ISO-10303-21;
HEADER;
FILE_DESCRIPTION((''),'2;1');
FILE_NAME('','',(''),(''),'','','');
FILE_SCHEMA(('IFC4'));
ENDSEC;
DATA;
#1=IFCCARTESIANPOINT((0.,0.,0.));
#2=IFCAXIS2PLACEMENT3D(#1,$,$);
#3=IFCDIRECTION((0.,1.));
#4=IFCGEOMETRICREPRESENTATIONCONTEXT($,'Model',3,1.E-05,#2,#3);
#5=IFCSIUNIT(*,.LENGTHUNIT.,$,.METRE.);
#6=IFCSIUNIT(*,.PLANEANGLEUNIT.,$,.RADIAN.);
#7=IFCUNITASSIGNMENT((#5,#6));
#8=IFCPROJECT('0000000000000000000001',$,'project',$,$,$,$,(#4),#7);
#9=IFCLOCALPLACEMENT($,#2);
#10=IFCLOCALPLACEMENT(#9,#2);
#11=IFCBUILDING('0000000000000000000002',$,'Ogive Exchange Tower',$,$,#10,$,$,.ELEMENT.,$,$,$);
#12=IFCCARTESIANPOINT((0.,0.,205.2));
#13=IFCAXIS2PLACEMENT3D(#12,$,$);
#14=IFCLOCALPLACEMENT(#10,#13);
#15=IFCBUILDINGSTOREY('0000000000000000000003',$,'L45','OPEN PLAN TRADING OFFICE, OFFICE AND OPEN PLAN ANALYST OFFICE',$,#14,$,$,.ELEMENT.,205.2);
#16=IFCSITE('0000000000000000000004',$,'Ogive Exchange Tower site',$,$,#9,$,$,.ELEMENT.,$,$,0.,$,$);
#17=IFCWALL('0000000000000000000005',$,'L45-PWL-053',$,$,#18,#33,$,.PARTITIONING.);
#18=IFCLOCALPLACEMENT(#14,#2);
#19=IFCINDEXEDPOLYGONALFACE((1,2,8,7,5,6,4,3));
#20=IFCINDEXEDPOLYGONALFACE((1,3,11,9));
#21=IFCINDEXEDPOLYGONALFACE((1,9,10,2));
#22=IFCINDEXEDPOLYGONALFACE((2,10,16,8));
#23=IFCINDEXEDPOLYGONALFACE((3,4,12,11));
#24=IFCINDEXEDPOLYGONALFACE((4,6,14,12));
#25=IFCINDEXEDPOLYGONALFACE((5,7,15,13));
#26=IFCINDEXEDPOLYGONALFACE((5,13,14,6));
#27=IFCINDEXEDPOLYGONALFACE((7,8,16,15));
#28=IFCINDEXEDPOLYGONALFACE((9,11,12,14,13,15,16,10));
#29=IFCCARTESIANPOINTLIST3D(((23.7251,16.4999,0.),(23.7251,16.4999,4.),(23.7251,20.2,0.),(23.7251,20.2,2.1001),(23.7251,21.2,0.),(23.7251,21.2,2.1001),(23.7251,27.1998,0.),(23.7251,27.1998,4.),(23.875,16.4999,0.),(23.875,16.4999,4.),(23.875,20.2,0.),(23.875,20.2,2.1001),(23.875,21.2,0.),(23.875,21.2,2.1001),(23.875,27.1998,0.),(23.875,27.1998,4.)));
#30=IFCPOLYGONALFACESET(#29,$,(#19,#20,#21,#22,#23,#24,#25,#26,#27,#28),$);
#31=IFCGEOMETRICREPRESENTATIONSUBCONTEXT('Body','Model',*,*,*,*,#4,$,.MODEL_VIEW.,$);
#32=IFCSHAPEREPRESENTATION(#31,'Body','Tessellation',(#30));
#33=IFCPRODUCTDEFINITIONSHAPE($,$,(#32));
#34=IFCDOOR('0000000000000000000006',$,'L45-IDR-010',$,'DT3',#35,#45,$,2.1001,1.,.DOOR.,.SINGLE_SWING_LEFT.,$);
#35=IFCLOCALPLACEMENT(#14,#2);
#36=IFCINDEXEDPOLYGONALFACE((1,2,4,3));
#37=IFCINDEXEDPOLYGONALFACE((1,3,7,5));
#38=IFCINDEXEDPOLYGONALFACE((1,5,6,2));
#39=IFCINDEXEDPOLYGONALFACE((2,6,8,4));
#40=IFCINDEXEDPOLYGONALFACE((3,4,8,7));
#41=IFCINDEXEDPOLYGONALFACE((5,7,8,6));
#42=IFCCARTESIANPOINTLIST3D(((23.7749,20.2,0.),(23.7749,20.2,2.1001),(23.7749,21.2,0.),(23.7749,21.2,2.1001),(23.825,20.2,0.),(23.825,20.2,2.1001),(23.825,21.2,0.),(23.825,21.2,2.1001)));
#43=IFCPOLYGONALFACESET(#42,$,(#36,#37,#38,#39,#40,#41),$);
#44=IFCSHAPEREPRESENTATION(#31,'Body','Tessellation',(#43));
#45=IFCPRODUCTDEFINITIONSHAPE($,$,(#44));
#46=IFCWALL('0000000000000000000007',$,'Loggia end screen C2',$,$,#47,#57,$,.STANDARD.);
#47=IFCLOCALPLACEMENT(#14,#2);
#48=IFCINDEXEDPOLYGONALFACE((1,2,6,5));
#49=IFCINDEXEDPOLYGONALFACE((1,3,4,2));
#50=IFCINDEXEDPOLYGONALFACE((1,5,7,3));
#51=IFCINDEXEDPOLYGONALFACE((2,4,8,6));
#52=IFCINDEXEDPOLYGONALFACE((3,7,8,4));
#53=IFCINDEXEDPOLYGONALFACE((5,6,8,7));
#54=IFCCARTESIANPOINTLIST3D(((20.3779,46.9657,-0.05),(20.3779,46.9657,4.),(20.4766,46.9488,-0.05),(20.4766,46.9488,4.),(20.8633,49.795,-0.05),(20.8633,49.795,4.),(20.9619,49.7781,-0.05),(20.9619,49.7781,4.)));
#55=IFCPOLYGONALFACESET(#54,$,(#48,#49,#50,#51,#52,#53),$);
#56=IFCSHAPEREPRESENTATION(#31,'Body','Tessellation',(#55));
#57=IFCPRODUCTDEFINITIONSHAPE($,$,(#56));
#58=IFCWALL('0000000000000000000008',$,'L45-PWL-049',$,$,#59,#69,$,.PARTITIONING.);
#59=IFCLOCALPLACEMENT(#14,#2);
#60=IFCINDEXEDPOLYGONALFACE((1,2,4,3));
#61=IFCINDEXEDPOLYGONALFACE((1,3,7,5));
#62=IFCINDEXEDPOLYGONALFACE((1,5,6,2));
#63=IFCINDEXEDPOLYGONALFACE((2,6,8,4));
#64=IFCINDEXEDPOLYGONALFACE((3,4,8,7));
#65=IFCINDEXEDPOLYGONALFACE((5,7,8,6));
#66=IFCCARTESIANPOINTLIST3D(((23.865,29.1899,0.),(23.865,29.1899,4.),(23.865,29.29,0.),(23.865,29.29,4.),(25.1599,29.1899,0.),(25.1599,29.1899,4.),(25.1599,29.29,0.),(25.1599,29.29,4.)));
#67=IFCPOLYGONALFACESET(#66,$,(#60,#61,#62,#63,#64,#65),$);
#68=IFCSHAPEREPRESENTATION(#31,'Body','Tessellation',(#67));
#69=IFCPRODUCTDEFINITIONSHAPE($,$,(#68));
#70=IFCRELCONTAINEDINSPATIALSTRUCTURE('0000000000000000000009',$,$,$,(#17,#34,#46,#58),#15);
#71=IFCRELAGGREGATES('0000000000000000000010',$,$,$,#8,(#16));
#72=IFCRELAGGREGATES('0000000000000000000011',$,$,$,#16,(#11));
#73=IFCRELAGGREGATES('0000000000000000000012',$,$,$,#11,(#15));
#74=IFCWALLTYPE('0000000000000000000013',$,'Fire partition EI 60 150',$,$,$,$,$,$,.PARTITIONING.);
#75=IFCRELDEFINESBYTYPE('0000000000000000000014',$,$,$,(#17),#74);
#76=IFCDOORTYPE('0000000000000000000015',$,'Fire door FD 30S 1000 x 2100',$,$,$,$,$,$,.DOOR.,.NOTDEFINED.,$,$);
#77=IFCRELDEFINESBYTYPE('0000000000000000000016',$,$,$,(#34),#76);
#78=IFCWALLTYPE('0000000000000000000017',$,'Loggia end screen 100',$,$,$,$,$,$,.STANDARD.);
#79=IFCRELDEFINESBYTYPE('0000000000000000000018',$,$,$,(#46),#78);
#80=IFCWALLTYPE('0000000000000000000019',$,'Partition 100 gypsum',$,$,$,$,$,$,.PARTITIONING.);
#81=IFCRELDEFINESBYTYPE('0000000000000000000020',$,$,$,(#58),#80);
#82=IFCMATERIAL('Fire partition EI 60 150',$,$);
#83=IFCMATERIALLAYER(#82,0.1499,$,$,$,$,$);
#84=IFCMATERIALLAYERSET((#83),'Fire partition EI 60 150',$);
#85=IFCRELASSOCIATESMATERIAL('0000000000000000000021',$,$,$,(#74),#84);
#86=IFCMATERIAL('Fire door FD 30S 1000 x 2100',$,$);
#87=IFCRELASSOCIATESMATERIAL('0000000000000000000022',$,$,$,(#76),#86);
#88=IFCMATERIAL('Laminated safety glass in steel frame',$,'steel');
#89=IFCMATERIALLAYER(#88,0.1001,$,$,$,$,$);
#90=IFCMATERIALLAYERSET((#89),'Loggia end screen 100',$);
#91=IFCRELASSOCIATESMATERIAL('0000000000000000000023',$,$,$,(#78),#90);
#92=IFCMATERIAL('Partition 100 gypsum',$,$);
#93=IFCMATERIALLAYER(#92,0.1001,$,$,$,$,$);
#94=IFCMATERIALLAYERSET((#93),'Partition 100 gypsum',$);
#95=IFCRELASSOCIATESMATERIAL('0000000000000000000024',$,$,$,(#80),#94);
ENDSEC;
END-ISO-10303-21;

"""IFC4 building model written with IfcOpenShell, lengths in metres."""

from ifc_helpers import new_model, si_unit, direction, frame, frame_2d, origin, place, context, subcontext, project, spatial, rectangle, extrude, material, layer, layer_set, type_object, element, fill, save


model = new_model("IFC4")

# Units and contexts
model_context = context("Model", 3, precision=1e-05, world=origin(), true_north=direction((0.0, 1.0)))
body_context = subcontext(model_context, "Body", "Model", "MODEL_VIEW")
ifc_project = project(units=[si_unit("LENGTHUNIT", "METRE"), si_unit("PLANEANGLEUNIT", "RADIAN")], contexts=[model_context])

# Site, building, storey
site_placement = place(None, origin())
site = spatial("IfcSite", under=ifc_project, at=site_placement, Name="Ogive Exchange Tower site", CompositionType="ELEMENT", RefElevation=0.0)
building_placement = place(site_placement, origin())
building = spatial("IfcBuilding", under=site, at=building_placement, Name="Ogive Exchange Tower", CompositionType="ELEMENT")
storey_placement = place(building_placement, frame((0.0, 0.0, 205.2)))
storey = spatial("IfcBuildingStorey", under=building, at=storey_placement, Name="L45", Description="OPEN PLAN TRADING OFFICE, OFFICE AND OPEN PLAN ANALYST OFFICE", CompositionType="ELEMENT", Elevation=205.2)

# Shared definitions
ifc_material_1 = material(Name="Fire partition EI 60 150")
ifc_layer_1 = layer(ifc_material_1, 0.1499)
ifc_layer_set_1 = layer_set([ifc_layer_1], Name="Fire partition EI 60 150")
wall_type_1 = type_object("IfcWallType", Name="Fire partition EI 60 150", PredefinedType="PARTITIONING", material=ifc_layer_set_1)
ifc_material_2 = material(Name="Fire door FD 30S 1000 x 2100")
door_type = type_object("IfcDoorType", Name="Fire door FD 30S 1000 x 2100", OperationType="NOTDEFINED", PredefinedType="DOOR", material=ifc_material_2)

# Wall, opening, door
wall_1_placement = place(storey_placement, frame((23.8, 27.2, 0.0), z_axis=(0.0, 0.0, 1.0), x_axis=(0.0, -1.0, 0.0)))
wall_1 = element("IfcWall", 1, at=wall_1_placement, inside=storey, type_object=wall_type_1, Name="L45-PWL-053", PredefinedType="PARTITIONING", context=body_context, shape_type="SweptSolid", body=[
    extrude(rectangle(XDim=10.7, YDim=0.1499, at=frame_2d((5.3501, 0.0))), origin(), (0.0, 0.0, 1.0), 4.0),
])
opening_1_placement = place(wall_1_placement, frame((6.0, 0.0, 0.0)))
opening_1 = element("IfcOpeningElement", 2, at=opening_1_placement, cuts=wall_1, PredefinedType="OPENING", context=body_context, shape_type="SweptSolid", body=[
    extrude(rectangle(XDim=1.0, YDim=2.1001, at=frame_2d((0.5, 1.05))), frame((0.0, 0.085, 0.0), z_axis=(0.0, -1.0, 0.0), x_axis=(1.0, 0.0, 0.0)), (0.0, 0.0, 1.0), 0.1699),
])
door_1_placement = place(opening_1_placement, origin())
door_1 = element("IfcDoor", 3, at=door_1_placement, inside=storey, type_object=door_type, Name="L45-IDR-010", ObjectType="DT3", OperationType="SINGLE_SWING_LEFT", OverallHeight=2.1001, OverallWidth=1.0, PredefinedType="DOOR", context=body_context, shape_type="SweptSolid", body=[
    extrude(rectangle(XDim=1.0, YDim=2.1001, at=frame_2d((0.5, 1.05))), frame((0.0, 0.0249, 0.0), z_axis=(0.0, -1.0, 0.0), x_axis=(1.0, 0.0, 0.0)), (0.0, 0.0, 1.0), 0.05),
])
fill(opening_1, door_1)

# Walls
ifc_material_3 = material(Name="Laminated safety glass in steel frame", Category="steel")
ifc_layer_2 = layer(ifc_material_3, 0.1001)
ifc_layer_set_2 = layer_set([ifc_layer_2], Name="Loggia end screen 100")
wall_type_2 = type_object("IfcWallType", Name="Loggia end screen 100", PredefinedType="STANDARD", material=ifc_layer_set_2)
wall_2_placement = place(storey_placement, frame((20.4272, 46.9573, -0.05), z_axis=(0.0, 0.0, 1.0), x_axis=(0.169072, 0.985604, 0.0)))
element("IfcWall", 4, at=wall_2_placement, inside=storey, type_object=wall_type_2, Name="Loggia end screen C2", PredefinedType="STANDARD", context=body_context, shape_type="SweptSolid", body=[
    extrude(rectangle(XDim=2.8706, YDim=0.1001, at=frame_2d((1.4353, 0.0))), origin(), (0.0, 0.0, 1.0), 4.05),
])
ifc_material_4 = material(Name="Partition 100 gypsum")
ifc_layer_3 = layer(ifc_material_4, 0.1001)
ifc_layer_set_3 = layer_set([ifc_layer_3], Name="Partition 100 gypsum")
wall_type_3 = type_object("IfcWallType", Name="Partition 100 gypsum", PredefinedType="PARTITIONING", material=ifc_layer_set_3)
wall_3_placement = place(storey_placement, frame((23.865, 29.24, 0.0), z_axis=(0.0, 0.0, 1.0), x_axis=(1.0, 0.0, 0.0)))
element("IfcWall", 5, at=wall_3_placement, inside=storey, type_object=wall_type_3, Name="L45-PWL-049", PredefinedType="PARTITIONING", context=body_context, shape_type="SweptSolid", body=[
    extrude(rectangle(XDim=1.2949, YDim=0.1001, at=frame_2d((0.6475, 0.0))), origin(), (0.0, 0.0, 1.0), 4.0),
])

save(model, "model.ifc")
